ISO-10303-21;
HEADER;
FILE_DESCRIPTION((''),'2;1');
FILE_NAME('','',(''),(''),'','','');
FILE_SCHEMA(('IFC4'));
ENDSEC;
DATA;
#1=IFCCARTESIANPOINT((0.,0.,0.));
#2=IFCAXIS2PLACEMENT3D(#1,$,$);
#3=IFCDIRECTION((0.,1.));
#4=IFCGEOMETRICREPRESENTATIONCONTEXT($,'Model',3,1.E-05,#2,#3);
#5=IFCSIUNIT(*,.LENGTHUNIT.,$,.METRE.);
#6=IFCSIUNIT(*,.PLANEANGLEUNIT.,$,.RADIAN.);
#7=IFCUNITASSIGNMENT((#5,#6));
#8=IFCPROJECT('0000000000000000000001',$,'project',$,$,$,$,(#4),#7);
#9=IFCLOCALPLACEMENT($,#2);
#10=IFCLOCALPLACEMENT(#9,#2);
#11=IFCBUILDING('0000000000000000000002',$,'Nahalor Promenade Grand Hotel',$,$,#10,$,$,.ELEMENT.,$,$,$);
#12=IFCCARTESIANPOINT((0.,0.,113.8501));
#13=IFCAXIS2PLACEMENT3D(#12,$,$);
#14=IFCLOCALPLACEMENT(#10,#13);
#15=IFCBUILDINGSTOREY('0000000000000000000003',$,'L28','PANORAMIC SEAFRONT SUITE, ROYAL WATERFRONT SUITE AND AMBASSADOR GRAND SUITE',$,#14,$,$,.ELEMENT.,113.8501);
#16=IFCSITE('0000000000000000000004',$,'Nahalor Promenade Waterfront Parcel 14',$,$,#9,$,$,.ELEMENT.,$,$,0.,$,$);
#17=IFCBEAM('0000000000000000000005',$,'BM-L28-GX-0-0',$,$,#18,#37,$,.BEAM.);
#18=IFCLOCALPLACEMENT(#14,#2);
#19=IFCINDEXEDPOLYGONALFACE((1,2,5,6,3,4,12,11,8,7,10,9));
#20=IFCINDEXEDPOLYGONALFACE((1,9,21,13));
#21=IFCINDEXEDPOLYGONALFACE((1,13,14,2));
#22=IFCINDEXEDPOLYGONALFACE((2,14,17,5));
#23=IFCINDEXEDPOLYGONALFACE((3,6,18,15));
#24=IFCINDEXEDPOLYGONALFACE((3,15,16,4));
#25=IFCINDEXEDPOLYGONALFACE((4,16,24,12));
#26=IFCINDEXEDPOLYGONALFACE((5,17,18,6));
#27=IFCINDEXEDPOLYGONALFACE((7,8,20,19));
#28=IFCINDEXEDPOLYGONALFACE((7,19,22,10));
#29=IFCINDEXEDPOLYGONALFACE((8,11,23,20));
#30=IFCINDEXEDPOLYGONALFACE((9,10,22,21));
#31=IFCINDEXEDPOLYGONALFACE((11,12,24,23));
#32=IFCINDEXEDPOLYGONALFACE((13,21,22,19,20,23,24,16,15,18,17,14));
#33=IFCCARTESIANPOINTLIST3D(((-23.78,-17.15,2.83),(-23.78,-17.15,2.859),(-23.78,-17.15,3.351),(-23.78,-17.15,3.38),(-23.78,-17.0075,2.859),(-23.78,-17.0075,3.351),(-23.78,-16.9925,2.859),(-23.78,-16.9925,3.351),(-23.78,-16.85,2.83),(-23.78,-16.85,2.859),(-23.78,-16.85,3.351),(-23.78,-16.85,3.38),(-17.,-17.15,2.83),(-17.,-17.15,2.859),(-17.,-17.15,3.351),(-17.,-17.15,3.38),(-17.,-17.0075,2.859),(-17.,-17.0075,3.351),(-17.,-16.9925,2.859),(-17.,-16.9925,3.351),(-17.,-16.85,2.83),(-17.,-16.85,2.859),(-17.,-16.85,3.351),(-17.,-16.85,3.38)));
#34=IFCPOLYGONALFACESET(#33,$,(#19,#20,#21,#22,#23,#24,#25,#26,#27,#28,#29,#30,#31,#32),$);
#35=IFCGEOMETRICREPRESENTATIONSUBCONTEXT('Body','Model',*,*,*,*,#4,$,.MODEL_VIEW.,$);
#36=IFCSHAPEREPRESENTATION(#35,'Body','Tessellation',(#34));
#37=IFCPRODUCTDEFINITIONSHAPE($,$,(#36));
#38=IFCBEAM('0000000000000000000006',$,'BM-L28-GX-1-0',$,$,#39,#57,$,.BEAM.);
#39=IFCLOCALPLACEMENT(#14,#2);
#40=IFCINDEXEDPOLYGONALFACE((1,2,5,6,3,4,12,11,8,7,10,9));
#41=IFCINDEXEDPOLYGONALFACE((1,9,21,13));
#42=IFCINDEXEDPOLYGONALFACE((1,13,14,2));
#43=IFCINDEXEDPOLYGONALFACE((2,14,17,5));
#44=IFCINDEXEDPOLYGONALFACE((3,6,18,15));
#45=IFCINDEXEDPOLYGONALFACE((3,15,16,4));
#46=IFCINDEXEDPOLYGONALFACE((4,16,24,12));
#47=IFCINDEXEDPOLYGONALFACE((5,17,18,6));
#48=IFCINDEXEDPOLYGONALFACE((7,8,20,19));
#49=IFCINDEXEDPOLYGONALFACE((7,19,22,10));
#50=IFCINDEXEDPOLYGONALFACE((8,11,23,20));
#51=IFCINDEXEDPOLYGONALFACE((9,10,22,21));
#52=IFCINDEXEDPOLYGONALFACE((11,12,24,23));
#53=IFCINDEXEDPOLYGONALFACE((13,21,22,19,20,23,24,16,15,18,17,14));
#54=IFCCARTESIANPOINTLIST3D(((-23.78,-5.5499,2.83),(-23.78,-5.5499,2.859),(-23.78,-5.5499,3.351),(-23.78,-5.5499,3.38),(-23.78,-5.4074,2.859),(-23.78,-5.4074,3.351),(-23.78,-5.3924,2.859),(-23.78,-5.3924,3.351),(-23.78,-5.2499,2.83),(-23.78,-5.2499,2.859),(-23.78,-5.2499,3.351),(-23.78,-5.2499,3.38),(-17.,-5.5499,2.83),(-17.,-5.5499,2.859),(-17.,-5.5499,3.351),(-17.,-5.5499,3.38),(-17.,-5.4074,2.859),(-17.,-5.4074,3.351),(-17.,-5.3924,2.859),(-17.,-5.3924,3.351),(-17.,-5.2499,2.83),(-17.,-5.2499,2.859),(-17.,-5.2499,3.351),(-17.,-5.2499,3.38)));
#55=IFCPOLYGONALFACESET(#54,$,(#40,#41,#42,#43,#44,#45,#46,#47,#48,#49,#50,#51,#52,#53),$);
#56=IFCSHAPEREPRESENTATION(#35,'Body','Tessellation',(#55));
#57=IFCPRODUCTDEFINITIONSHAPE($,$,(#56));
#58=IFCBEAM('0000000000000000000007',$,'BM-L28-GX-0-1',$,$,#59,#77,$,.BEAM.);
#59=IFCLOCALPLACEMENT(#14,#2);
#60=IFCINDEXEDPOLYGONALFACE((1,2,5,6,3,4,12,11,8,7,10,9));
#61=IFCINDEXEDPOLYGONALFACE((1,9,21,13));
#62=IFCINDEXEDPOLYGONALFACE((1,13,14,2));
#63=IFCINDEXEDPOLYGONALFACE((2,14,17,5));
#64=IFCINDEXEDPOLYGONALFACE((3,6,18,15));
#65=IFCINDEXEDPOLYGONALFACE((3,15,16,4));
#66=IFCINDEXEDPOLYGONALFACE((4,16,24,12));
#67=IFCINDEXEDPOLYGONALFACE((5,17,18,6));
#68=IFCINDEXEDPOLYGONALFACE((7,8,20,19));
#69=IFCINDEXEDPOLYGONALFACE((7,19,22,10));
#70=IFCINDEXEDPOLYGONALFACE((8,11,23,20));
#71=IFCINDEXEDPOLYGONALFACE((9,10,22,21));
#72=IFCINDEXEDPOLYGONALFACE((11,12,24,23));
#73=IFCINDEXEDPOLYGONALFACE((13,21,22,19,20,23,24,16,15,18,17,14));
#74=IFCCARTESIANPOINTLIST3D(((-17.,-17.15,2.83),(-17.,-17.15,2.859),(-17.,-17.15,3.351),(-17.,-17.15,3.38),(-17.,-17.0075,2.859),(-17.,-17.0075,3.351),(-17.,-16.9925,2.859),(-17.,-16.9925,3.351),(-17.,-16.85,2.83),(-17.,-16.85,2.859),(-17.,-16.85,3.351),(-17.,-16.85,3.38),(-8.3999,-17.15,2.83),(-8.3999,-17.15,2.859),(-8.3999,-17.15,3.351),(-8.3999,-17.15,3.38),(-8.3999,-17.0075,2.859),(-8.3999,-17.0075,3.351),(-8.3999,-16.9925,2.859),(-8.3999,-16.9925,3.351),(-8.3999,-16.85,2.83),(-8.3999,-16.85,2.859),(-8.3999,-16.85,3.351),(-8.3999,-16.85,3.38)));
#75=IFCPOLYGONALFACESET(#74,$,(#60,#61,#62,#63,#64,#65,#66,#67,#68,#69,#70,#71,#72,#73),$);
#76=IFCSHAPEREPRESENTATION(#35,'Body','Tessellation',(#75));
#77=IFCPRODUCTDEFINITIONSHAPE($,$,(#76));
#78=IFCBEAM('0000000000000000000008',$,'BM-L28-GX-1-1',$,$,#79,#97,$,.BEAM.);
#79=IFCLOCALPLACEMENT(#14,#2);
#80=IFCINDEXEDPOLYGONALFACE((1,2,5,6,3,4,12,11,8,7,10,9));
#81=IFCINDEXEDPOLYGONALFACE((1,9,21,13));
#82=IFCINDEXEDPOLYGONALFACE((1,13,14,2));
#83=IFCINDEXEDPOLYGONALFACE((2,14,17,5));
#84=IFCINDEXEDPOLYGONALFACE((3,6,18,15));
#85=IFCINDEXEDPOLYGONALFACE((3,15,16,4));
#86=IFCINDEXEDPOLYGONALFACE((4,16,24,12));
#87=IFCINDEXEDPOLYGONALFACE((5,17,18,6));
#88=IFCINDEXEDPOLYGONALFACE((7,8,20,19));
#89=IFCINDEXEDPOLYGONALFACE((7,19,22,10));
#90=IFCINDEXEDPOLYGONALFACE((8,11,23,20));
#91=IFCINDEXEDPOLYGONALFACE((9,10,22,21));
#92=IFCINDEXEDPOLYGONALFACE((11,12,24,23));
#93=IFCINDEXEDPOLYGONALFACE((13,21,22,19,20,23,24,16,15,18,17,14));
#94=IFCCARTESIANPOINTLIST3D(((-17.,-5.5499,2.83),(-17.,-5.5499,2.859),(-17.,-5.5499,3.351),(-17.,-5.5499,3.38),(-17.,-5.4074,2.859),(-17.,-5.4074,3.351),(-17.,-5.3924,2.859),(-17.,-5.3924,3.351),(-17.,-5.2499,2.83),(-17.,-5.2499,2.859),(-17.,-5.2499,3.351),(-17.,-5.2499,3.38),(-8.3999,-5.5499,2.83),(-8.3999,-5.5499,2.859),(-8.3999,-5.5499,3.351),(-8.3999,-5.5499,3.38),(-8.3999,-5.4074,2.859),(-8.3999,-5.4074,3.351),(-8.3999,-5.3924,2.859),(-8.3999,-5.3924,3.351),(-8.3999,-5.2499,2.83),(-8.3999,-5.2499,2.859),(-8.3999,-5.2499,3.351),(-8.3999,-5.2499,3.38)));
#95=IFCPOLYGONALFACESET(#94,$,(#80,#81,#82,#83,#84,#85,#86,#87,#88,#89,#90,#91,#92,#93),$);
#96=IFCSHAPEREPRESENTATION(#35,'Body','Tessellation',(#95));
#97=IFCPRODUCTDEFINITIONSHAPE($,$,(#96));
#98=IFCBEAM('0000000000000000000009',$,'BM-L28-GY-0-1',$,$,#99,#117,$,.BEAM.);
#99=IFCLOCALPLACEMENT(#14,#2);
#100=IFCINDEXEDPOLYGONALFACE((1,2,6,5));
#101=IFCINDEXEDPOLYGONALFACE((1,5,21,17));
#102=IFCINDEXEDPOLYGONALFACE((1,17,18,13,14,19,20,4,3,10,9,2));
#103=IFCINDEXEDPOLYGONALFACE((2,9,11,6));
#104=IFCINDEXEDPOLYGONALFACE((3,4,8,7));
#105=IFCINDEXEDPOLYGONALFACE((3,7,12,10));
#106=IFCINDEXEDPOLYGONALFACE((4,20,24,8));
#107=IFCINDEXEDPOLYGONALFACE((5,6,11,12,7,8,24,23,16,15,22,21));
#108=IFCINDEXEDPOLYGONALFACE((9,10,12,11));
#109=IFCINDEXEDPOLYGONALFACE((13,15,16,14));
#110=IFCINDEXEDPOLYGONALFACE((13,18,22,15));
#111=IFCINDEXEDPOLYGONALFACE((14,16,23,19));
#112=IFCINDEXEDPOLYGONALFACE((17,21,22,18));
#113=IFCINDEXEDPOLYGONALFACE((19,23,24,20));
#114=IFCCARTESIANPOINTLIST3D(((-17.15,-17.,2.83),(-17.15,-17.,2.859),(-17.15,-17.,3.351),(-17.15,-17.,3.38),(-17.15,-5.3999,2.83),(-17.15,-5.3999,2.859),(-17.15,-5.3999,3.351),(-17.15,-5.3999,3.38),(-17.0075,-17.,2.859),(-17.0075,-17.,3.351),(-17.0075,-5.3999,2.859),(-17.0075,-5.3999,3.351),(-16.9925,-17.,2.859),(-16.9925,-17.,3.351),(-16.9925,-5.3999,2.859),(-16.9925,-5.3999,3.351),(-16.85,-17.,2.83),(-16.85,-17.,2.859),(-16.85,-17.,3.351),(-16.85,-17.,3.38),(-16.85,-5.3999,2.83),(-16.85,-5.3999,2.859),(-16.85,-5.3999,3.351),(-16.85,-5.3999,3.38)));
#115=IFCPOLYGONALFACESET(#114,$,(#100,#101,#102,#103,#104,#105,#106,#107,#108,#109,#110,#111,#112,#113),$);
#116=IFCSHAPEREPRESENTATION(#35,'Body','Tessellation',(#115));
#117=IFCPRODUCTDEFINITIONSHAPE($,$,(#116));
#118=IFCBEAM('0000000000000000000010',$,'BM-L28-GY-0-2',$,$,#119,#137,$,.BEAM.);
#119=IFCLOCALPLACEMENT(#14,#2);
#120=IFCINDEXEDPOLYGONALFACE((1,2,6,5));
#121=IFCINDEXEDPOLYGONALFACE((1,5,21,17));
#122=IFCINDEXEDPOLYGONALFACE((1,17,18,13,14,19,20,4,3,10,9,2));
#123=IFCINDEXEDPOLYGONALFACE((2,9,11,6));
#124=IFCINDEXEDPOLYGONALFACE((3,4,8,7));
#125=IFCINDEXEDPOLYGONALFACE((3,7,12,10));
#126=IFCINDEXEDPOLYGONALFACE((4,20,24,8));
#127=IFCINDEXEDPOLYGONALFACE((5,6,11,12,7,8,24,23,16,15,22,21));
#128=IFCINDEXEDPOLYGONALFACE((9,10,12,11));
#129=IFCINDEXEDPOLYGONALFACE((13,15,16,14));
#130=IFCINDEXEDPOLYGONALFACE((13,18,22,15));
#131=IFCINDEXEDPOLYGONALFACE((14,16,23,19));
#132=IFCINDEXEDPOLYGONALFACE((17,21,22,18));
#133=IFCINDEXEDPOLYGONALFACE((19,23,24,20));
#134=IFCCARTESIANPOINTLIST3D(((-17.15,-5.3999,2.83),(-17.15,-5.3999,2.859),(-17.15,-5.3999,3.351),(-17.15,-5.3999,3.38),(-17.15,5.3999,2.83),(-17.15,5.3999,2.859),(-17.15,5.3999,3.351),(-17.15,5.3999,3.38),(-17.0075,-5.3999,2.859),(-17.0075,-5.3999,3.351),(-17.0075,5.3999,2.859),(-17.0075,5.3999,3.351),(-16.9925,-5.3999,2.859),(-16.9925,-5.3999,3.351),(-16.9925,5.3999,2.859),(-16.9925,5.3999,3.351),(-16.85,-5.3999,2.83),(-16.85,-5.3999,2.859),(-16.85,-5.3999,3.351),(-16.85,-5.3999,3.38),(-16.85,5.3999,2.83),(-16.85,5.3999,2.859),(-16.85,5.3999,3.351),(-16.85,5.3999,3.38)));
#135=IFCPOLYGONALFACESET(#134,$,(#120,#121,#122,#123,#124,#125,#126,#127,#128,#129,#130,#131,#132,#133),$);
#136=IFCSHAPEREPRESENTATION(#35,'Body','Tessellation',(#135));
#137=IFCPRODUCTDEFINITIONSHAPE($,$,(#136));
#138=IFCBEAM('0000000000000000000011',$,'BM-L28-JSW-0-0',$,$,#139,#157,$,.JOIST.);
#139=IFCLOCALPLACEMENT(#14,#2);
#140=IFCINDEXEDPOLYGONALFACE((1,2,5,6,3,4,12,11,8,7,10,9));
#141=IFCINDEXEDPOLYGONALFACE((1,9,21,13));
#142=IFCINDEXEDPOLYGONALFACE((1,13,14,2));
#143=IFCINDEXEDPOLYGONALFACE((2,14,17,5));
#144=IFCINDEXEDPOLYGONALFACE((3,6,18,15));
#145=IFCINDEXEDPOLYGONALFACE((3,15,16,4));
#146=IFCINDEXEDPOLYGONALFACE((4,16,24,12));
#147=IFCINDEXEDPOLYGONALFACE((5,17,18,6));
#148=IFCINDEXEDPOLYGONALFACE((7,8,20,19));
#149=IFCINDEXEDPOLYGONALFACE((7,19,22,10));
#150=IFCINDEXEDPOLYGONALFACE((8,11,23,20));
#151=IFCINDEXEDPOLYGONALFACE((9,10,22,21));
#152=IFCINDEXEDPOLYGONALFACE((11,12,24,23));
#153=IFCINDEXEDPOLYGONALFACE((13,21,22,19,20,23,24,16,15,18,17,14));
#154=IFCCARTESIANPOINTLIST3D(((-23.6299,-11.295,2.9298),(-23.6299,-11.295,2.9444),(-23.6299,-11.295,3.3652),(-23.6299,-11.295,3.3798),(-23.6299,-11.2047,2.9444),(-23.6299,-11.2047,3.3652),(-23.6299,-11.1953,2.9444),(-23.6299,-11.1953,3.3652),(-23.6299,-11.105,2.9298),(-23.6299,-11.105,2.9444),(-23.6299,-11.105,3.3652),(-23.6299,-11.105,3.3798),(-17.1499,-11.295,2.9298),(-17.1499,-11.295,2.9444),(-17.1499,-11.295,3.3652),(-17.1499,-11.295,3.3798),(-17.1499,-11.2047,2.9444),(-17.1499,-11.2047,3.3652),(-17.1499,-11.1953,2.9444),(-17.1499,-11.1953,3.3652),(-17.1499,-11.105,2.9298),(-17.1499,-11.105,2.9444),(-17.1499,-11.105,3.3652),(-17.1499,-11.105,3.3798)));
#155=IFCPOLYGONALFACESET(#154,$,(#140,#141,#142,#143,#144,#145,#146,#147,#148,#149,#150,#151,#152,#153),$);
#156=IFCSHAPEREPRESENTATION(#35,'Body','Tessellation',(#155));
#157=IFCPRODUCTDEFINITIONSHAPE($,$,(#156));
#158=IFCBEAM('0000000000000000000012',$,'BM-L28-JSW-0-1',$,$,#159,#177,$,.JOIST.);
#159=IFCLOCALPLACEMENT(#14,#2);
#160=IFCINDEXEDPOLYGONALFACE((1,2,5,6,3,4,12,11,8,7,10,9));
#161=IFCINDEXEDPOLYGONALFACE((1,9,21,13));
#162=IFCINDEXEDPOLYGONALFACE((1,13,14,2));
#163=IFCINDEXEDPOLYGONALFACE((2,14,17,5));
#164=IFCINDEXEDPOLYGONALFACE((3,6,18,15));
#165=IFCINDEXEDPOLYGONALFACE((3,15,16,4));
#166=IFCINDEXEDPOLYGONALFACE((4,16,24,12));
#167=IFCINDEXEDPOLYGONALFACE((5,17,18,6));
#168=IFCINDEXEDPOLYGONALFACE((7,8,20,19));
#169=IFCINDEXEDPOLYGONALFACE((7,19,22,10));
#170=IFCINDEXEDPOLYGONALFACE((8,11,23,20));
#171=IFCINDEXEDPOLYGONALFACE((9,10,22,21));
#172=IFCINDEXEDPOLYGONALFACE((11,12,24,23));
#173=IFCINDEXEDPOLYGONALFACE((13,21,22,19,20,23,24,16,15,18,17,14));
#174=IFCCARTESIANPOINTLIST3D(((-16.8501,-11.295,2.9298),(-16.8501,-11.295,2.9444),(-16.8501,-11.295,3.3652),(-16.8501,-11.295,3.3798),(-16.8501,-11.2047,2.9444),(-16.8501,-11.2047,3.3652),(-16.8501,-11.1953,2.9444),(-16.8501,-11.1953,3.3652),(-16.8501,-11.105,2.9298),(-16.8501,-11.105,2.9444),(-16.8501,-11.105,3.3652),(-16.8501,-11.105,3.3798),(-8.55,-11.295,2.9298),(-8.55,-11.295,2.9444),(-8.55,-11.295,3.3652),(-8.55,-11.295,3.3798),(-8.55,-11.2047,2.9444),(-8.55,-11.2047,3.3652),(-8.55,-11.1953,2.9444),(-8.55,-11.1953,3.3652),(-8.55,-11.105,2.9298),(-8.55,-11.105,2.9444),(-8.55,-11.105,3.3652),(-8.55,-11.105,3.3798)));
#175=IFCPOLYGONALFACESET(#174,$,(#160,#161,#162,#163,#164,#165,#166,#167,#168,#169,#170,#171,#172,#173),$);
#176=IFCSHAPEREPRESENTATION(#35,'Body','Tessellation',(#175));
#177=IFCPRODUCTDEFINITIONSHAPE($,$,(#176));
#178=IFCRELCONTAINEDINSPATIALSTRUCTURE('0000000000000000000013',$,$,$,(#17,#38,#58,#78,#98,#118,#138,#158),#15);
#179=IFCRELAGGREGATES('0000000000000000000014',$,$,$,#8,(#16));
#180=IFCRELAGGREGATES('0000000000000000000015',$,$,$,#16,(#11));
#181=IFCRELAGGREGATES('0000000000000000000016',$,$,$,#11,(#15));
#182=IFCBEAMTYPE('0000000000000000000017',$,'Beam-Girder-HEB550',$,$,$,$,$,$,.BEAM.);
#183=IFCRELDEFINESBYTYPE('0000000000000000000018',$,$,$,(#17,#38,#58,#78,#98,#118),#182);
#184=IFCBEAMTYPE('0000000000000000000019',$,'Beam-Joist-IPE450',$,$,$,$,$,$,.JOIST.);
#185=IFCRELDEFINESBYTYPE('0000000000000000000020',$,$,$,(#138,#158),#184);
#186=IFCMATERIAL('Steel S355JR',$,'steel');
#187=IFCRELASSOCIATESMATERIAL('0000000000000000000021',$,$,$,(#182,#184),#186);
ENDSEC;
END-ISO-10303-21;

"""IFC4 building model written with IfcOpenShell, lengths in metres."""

from ifc_helpers import new_model, si_unit, direction, frame, origin, origin_2d, place, context, subcontext, project, spatial, i_section, extrude, source, transform, mapped, material, material_profile, profile_set, type_object, element, save


model = new_model("IFC4")

# Units and contexts
model_context = context("Model", 3, precision=1e-05, world=origin(), true_north=direction((0.0, 1.0)))
body_context = subcontext(model_context, "Body", "Model", "MODEL_VIEW")
ifc_project = project(units=[si_unit("LENGTHUNIT", "METRE"), si_unit("PLANEANGLEUNIT", "RADIAN")], contexts=[model_context])

# Site, building, storey
site_placement = place(None, origin())
site = spatial("IfcSite", under=ifc_project, at=site_placement, Name="Nahalor Promenade Waterfront Parcel 14", CompositionType="ELEMENT", RefElevation=0.0)
building_placement = place(site_placement, origin())
building = spatial("IfcBuilding", under=site, at=building_placement, Name="Nahalor Promenade Grand Hotel", CompositionType="ELEMENT")
storey_placement = place(building_placement, frame((0.0, 0.0, 113.8501)))
storey = spatial("IfcBuildingStorey", under=building, at=storey_placement, Name="L28", Description="PANORAMIC SEAFRONT SUITE, ROYAL WATERFRONT SUITE AND AMBASSADOR GRAND SUITE", CompositionType="ELEMENT", Elevation=113.8501)

# Beams
ifc_material_1 = material(Name="Steel S355JR", Category="steel")
ifc_material_profile_1 = material_profile(ifc_material_1, i_section(OverallWidth=0.3, OverallDepth=0.55, WebThickness=0.015, FlangeThickness=0.029, at=origin_2d()), Name="HEB 550")
ifc_profile_set_1 = profile_set([ifc_material_profile_1], Name="Steel S355JR")
beam_type_1 = type_object("IfcBeamType", Name="Beam-Girder-HEB550", PredefinedType="BEAM", material=ifc_profile_set_1)
shared_shape_1 = source(origin(), body_context, "Body", "SweptSolid", [
    extrude(i_section(OverallWidth=0.3, OverallDepth=0.55, WebThickness=0.015, FlangeThickness=0.029, at=origin_2d()), origin(), (0.0, 0.0, 1.0), 6.78),
])
for number, where, z_axis, x_axis, name in (
    (1, (-23.78, -17.0, 3.105), (1.0, 0.0, 0.0), (0.0, 1.0, 0.0), "BM-L28-GX-0-0"),
    (2, (-23.78, -5.3999, 3.105), (1.0, 0.0, 0.0), (0.0, 1.0, 0.0), "BM-L28-GX-1-0"),
):
    element("IfcBeam", number, at=place(storey_placement, frame(where, z_axis=z_axis, x_axis=x_axis)), inside=storey, type_object=beam_type_1, Name=name, PredefinedType="BEAM", context=body_context, shape_type="MappedRepresentation", body=[
        mapped(shared_shape_1, transform((0.0, 0.0, 0.0), scale=1.0)),
    ])
shared_shape_2 = source(origin(), body_context, "Body", "SweptSolid", [
    extrude(i_section(OverallWidth=0.3, OverallDepth=0.55, WebThickness=0.015, FlangeThickness=0.029, at=origin_2d()), origin(), (0.0, 0.0, 1.0), 8.6001),
])
for number, where, z_axis, x_axis, name in (
    (3, (-17.0, -17.0, 3.105), (1.0, 0.0, 0.0), (0.0, 1.0, 0.0), "BM-L28-GX-0-1"),
    (4, (-17.0, -5.3999, 3.105), (1.0, 0.0, 0.0), (0.0, 1.0, 0.0), "BM-L28-GX-1-1"),
):
    element("IfcBeam", number, at=place(storey_placement, frame(where, z_axis=z_axis, x_axis=x_axis)), inside=storey, type_object=beam_type_1, Name=name, PredefinedType="BEAM", context=body_context, shape_type="MappedRepresentation", body=[
        mapped(shared_shape_2, transform((0.0, 0.0, 0.0), scale=1.0)),
    ])
shared_shape_3 = source(origin(), body_context, "Body", "SweptSolid", [
    extrude(i_section(OverallWidth=0.3, OverallDepth=0.55, WebThickness=0.015, FlangeThickness=0.029, at=origin_2d()), origin(), (0.0, 0.0, 1.0), 11.6001),
])
beam_1_placement = place(storey_placement, frame((-17.0, -17.0, 3.105), z_axis=(0.0, 1.0, 0.0), x_axis=(-1.0, 0.0, 0.0)))
element("IfcBeam", 5, at=beam_1_placement, inside=storey, type_object=beam_type_1, Name="BM-L28-GY-0-1", PredefinedType="BEAM", context=body_context, shape_type="MappedRepresentation", body=[
    mapped(shared_shape_3, transform((0.0, 0.0, 0.0), scale=1.0)),
])
shared_shape_4 = source(origin(), body_context, "Body", "SweptSolid", [
    extrude(i_section(OverallWidth=0.3, OverallDepth=0.55, WebThickness=0.015, FlangeThickness=0.029, at=origin_2d()), origin(), (0.0, 0.0, 1.0), 10.7998),
])
beam_2_placement = place(storey_placement, frame((-17.0, -5.3999, 3.105), z_axis=(0.0, 1.0, 0.0), x_axis=(-1.0, 0.0, 0.0)))
element("IfcBeam", 6, at=beam_2_placement, inside=storey, type_object=beam_type_1, Name="BM-L28-GY-0-2", PredefinedType="BEAM", context=body_context, shape_type="MappedRepresentation", body=[
    mapped(shared_shape_4, transform((0.0, 0.0, 0.0), scale=1.0)),
])
ifc_material_profile_2 = material_profile(ifc_material_1, i_section(OverallWidth=0.19, OverallDepth=0.45, WebThickness=0.0094, FlangeThickness=0.0146, at=origin_2d()), Name="IPE 450")
ifc_profile_set_2 = profile_set([ifc_material_profile_2], Name="Steel S355JR")
beam_type_2 = type_object("IfcBeamType", Name="Beam-Joist-IPE450", PredefinedType="JOIST", material=ifc_profile_set_2)
shared_shape_5 = source(origin(), body_context, "Body", "SweptSolid", [
    extrude(i_section(OverallWidth=0.19, OverallDepth=0.45, WebThickness=0.0094, FlangeThickness=0.0146, at=origin_2d()), origin(), (0.0, 0.0, 1.0), 6.48),
])
beam_3_placement = place(storey_placement, frame((-23.6299, -11.2, 3.1548), z_axis=(1.0, 0.0, 0.0), x_axis=(0.0, 1.0, 0.0)))
element("IfcBeam", 7, at=beam_3_placement, inside=storey, type_object=beam_type_2, Name="BM-L28-JSW-0-0", PredefinedType="JOIST", context=body_context, shape_type="MappedRepresentation", body=[
    mapped(shared_shape_5, transform((0.0, 0.0, 0.0), scale=1.0)),
])
shared_shape_6 = source(origin(), body_context, "Body", "SweptSolid", [
    extrude(i_section(OverallWidth=0.19, OverallDepth=0.45, WebThickness=0.0094, FlangeThickness=0.0146, at=origin_2d()), origin(), (0.0, 0.0, 1.0), 8.3),
])
beam_4_placement = place(storey_placement, frame((-16.8501, -11.2, 3.1548), z_axis=(1.0, 0.0, 0.0), x_axis=(0.0, 1.0, 0.0)))
element("IfcBeam", 8, at=beam_4_placement, inside=storey, type_object=beam_type_2, Name="BM-L28-JSW-0-1", PredefinedType="JOIST", context=body_context, shape_type="MappedRepresentation", body=[
    mapped(shared_shape_6, transform((0.0, 0.0, 0.0), scale=1.0)),
])

save(model, "model.ifc")
